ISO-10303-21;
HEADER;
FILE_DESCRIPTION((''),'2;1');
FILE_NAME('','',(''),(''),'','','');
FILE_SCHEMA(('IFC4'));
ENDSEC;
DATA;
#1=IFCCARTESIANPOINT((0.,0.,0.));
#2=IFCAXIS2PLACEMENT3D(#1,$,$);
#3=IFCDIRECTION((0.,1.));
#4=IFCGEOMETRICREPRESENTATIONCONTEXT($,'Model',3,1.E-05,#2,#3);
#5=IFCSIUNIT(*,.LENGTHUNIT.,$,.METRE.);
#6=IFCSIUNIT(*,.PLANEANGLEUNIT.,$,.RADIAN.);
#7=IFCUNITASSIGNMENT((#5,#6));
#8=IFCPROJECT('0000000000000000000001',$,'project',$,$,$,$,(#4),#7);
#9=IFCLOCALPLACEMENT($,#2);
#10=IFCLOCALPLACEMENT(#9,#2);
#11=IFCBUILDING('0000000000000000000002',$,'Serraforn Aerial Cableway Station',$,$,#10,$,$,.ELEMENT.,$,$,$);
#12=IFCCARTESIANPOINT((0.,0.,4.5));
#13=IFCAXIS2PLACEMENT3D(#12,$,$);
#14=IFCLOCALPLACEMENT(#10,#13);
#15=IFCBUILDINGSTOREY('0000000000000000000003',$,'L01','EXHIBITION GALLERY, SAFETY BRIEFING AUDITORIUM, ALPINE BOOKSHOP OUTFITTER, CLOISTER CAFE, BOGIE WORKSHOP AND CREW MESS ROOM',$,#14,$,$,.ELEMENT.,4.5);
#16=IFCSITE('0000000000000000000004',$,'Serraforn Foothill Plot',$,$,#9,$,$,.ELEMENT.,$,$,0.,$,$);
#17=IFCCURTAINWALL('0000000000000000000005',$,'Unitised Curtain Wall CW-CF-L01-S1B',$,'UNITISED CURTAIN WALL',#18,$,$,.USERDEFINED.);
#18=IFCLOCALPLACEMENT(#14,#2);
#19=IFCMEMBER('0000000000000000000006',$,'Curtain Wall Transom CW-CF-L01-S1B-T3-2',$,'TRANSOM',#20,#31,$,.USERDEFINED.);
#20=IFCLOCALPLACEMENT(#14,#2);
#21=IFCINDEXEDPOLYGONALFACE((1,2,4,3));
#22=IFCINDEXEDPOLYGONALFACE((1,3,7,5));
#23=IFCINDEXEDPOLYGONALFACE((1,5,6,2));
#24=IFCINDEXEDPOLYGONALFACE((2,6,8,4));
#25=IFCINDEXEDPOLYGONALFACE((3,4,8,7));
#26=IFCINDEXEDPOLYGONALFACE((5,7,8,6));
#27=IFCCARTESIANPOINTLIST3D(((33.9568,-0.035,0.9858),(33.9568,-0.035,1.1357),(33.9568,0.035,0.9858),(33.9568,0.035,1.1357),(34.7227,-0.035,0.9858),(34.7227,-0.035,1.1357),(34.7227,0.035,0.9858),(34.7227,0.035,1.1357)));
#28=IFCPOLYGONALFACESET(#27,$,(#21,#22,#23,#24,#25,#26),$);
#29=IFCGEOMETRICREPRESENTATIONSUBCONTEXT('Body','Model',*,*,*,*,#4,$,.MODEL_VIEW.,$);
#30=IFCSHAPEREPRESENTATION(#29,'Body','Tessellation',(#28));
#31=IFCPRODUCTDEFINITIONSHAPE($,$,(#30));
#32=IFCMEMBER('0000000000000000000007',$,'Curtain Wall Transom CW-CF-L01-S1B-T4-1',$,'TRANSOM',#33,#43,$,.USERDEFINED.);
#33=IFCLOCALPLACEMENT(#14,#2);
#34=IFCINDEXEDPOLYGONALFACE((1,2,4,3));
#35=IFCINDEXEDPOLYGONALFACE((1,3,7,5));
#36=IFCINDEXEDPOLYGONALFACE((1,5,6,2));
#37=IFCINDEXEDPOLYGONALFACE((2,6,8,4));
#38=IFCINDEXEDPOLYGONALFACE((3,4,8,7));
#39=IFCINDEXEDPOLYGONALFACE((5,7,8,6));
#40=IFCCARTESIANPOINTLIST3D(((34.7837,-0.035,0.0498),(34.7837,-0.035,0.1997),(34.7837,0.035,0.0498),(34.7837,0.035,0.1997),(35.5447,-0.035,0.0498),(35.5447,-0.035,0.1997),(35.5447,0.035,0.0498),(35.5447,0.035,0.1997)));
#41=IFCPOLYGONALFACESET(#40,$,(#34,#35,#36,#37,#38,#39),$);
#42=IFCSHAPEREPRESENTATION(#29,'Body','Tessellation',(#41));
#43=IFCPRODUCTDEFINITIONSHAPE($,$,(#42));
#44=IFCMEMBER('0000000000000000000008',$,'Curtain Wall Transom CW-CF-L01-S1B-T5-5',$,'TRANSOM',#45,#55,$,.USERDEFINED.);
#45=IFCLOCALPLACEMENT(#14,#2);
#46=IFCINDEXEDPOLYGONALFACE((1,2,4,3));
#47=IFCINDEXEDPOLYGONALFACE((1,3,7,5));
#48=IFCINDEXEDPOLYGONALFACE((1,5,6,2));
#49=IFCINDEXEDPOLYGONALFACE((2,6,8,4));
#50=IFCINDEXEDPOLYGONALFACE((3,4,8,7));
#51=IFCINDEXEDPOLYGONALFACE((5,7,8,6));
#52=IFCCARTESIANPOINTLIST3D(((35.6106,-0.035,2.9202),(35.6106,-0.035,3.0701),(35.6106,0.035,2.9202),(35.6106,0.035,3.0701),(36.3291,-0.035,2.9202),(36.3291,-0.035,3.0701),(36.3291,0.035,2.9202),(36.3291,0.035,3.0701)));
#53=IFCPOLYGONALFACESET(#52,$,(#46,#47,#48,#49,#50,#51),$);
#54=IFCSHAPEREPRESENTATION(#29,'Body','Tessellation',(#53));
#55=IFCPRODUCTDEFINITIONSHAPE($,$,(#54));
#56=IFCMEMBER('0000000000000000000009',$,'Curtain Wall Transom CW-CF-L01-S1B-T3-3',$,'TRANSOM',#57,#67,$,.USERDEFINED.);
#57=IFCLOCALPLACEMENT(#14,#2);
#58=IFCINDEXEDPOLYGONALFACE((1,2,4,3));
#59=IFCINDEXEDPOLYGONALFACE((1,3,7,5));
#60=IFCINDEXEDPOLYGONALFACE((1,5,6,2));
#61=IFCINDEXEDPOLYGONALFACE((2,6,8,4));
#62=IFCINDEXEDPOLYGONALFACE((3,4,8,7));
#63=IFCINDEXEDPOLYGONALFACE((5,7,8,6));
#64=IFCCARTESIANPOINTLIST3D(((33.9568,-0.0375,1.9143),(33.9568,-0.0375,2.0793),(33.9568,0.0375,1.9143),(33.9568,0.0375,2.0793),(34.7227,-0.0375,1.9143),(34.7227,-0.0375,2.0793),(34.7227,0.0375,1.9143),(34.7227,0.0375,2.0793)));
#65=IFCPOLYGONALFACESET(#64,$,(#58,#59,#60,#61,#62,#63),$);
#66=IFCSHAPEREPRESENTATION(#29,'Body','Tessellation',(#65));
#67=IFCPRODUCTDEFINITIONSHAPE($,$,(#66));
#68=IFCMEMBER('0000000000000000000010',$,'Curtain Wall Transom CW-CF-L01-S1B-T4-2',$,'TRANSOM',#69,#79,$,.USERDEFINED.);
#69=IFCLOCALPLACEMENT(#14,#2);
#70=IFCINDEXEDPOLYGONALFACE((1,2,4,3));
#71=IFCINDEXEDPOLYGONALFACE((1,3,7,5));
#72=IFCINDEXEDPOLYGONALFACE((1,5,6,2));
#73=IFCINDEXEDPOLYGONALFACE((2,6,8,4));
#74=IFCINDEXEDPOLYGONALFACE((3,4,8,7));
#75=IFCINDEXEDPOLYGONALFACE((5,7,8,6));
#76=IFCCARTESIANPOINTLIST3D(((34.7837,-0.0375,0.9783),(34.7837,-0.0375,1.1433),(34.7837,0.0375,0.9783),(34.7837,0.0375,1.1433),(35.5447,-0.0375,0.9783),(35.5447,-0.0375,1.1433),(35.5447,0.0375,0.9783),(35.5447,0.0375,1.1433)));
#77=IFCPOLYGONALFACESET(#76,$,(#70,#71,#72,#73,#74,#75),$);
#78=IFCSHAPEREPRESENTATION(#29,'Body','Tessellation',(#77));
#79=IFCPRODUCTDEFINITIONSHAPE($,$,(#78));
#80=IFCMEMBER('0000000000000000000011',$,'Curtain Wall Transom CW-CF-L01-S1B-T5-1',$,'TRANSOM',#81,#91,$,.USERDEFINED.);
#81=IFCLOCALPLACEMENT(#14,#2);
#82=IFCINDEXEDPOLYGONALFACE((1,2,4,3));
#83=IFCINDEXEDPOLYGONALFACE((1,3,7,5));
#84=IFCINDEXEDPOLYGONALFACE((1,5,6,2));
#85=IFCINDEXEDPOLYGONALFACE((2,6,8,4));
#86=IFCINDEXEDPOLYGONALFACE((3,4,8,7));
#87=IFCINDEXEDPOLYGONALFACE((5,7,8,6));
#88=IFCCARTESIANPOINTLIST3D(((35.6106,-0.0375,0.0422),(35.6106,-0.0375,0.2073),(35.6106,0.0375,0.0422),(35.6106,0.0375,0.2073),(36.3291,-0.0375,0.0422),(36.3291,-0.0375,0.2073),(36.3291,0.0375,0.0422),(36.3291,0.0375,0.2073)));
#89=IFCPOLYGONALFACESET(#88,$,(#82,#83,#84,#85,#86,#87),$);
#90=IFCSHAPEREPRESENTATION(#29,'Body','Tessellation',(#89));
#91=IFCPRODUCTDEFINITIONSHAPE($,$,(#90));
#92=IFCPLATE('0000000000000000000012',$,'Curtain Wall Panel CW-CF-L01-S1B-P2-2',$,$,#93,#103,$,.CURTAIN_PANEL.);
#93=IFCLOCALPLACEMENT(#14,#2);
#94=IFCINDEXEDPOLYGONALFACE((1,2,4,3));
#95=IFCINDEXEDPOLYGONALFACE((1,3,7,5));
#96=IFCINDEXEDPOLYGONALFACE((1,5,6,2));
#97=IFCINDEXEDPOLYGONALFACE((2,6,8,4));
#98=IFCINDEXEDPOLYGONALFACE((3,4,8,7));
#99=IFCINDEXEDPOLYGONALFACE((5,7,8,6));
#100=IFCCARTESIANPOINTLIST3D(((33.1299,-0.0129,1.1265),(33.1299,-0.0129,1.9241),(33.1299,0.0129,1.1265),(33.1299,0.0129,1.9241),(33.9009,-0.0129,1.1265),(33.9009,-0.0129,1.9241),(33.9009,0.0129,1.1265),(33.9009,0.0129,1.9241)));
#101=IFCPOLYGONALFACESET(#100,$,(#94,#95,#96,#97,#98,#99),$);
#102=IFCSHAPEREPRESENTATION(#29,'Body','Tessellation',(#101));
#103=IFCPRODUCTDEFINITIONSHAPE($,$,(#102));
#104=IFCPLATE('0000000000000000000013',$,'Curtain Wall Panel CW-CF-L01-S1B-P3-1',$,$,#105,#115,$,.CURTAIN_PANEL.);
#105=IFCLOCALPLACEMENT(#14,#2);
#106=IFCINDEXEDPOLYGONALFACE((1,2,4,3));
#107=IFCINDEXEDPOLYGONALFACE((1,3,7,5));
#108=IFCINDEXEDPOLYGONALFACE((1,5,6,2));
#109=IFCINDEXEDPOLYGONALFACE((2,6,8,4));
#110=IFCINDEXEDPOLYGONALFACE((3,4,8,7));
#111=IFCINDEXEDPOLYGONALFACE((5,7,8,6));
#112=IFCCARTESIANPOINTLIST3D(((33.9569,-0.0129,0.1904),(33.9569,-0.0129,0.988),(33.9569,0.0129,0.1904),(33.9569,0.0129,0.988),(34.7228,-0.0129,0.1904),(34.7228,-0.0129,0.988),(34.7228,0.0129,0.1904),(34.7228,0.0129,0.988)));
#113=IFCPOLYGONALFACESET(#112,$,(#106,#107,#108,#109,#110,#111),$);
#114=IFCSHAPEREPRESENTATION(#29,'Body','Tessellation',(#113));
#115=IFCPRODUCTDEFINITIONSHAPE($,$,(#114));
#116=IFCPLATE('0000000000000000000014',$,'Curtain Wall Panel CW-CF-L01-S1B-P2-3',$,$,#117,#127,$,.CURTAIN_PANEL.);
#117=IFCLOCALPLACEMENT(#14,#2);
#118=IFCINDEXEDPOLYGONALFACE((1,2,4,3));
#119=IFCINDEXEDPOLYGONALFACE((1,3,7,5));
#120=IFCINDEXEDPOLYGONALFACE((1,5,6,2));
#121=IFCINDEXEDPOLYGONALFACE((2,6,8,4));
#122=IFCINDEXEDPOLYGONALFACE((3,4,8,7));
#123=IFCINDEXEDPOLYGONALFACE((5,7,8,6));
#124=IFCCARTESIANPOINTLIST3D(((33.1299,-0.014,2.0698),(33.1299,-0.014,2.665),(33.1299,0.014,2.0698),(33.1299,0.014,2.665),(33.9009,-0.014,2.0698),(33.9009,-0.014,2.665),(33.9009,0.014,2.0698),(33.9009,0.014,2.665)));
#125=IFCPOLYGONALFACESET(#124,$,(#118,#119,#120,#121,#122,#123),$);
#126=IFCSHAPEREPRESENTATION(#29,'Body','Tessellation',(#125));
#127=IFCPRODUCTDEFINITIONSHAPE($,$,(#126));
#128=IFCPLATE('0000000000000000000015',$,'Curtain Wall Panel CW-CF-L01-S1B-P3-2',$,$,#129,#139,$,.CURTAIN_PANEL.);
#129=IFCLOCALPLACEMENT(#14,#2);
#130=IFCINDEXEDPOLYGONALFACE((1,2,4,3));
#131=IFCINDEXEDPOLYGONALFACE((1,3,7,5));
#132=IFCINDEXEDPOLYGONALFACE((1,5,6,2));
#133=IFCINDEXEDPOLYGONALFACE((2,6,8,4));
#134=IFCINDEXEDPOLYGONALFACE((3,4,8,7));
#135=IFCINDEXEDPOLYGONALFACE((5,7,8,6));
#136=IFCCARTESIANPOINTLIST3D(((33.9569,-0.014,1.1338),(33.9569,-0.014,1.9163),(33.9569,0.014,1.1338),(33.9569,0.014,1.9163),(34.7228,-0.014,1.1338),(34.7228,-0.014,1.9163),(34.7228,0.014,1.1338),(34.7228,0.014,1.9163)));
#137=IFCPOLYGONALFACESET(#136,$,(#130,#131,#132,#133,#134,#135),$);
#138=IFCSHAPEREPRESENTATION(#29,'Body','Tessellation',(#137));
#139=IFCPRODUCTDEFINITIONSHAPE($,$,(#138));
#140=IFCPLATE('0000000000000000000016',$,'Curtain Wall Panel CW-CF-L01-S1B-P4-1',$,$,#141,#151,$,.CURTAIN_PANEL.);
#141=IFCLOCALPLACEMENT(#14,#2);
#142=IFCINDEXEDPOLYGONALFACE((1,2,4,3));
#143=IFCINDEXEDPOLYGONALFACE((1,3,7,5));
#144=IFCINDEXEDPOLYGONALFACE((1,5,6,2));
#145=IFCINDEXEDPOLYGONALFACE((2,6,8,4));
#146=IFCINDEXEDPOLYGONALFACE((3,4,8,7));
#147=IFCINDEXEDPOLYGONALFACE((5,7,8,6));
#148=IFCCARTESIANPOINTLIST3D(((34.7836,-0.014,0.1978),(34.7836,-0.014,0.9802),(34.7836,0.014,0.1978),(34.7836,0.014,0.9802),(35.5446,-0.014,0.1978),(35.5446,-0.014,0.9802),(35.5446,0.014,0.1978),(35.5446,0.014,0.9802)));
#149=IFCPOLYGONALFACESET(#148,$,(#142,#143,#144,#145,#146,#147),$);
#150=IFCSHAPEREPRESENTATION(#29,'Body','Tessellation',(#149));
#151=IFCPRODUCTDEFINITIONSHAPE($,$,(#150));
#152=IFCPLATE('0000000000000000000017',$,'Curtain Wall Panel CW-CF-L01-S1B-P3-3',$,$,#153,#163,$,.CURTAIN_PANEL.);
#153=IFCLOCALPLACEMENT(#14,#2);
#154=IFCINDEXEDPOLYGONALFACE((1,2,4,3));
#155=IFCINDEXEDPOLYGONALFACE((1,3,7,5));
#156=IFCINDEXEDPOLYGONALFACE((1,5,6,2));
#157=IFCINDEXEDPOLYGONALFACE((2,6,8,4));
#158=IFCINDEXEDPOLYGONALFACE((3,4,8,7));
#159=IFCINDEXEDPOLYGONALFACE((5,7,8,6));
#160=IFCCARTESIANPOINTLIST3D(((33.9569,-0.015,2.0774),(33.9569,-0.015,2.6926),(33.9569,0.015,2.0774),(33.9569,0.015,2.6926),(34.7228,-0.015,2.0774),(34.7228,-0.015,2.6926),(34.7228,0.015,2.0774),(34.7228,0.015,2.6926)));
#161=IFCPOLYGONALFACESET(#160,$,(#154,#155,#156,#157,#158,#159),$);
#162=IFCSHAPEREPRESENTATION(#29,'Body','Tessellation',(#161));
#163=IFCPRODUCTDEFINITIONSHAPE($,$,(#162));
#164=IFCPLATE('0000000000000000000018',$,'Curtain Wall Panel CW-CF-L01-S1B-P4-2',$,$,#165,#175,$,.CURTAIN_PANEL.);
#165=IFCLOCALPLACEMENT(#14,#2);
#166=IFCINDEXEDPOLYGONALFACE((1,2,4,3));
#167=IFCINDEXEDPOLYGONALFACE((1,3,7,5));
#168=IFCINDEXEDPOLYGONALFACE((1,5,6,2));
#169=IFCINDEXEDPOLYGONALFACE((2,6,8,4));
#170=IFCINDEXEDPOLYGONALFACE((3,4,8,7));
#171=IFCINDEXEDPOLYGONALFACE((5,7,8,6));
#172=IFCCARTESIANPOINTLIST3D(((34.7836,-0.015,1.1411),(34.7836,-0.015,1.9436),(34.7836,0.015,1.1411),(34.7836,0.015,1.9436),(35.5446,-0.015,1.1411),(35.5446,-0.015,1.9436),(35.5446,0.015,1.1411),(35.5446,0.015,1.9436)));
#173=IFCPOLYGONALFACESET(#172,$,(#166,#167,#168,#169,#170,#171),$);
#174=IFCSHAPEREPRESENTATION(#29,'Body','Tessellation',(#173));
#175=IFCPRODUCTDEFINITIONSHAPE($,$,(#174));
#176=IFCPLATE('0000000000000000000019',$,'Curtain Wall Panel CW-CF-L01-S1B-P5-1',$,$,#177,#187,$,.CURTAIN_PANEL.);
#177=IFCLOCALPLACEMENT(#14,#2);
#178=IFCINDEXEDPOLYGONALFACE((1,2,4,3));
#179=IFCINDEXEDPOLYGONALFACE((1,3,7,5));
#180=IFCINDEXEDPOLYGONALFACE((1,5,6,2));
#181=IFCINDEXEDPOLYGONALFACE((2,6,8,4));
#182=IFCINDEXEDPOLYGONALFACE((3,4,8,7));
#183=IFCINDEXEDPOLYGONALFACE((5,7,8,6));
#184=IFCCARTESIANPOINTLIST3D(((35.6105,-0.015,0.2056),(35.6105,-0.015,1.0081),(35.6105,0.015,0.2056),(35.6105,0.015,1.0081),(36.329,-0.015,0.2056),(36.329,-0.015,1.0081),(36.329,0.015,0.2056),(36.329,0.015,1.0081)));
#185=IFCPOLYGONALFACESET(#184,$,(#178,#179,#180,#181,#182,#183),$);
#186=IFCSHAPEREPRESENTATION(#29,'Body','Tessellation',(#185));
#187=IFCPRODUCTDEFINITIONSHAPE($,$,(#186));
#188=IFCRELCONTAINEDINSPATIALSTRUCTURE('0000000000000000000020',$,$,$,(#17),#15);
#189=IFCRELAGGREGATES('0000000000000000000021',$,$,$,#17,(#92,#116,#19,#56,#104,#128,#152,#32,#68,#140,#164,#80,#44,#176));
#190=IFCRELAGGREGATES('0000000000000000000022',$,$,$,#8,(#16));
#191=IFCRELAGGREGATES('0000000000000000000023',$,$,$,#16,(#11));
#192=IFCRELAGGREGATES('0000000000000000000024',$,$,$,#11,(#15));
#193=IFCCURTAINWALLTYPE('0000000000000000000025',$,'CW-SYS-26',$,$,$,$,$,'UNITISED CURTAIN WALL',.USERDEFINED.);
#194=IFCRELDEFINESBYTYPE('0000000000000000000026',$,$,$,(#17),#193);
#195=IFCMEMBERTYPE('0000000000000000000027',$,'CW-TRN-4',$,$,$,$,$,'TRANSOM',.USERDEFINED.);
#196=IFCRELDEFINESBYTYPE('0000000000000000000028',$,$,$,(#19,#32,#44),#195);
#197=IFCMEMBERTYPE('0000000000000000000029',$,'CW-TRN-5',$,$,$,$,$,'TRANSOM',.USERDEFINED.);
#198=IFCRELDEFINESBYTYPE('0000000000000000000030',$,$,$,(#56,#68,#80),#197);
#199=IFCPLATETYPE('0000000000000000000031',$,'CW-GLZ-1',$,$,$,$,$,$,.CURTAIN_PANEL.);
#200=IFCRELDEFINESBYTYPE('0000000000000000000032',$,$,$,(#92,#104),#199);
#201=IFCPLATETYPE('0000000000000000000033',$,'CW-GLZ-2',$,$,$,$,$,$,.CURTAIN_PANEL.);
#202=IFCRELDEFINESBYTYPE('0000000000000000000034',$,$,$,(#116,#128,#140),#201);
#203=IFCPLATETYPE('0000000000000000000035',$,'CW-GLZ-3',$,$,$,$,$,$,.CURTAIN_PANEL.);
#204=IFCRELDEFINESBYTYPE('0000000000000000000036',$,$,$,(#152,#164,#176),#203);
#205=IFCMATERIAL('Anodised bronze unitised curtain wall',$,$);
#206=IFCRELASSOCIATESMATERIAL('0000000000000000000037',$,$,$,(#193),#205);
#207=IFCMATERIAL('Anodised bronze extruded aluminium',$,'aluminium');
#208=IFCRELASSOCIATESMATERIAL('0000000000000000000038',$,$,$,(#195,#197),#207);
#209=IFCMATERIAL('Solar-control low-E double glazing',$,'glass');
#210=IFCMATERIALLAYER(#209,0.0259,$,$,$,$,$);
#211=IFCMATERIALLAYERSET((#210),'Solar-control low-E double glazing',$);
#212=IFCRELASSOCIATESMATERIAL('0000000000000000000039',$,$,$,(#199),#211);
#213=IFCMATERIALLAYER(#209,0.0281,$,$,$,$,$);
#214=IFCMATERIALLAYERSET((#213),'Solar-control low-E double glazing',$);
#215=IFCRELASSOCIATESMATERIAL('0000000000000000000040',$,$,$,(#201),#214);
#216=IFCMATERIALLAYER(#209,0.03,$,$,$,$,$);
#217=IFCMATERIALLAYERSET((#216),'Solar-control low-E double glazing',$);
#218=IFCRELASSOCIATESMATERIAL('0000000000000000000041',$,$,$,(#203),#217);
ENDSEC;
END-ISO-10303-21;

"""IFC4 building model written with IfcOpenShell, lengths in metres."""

from ifc_helpers import new_model, si_unit, direction, frame, origin, origin_2d, place, context, subcontext, project, spatial, rectangle, extrude, material, layer, layer_set, material_profile, profile_set, type_object, element, aggregate, save


model = new_model("IFC4")

# Units and contexts
model_context = context("Model", 3, precision=1e-05, world=origin(), true_north=direction((0.0, 1.0)))
body_context = subcontext(model_context, "Body", "Model", "MODEL_VIEW")
ifc_project = project(units=[si_unit("LENGTHUNIT", "METRE"), si_unit("PLANEANGLEUNIT", "RADIAN")], contexts=[model_context])

# Site, building, storey
site_placement = place(None, origin())
site = spatial("IfcSite", under=ifc_project, at=site_placement, Name="Serraforn Foothill Plot", CompositionType="ELEMENT", RefElevation=0.0)
building_placement = place(site_placement, origin())
building = spatial("IfcBuilding", under=site, at=building_placement, Name="Serraforn Aerial Cableway Station", CompositionType="ELEMENT")
storey_placement = place(building_placement, frame((0.0, 0.0, 4.5)))
storey = spatial("IfcBuildingStorey", under=building, at=storey_placement, Name="L01", Description="EXHIBITION GALLERY, SAFETY BRIEFING AUDITORIUM, ALPINE BOOKSHOP OUTFITTER, CLOISTER CAFE, BOGIE WORKSHOP AND CREW MESS ROOM", CompositionType="ELEMENT", Elevation=4.5)

# Curtain wall, members, plates
ifc_material_1 = material(Name="Anodised bronze unitised curtain wall")
curtain_wall_type = type_object("IfcCurtainWallType", Name="CW-SYS-26", ElementType="UNITISED CURTAIN WALL", PredefinedType="USERDEFINED", material=ifc_material_1)
curtain_wall_placement = place(storey_placement, origin())
curtain_wall = element("IfcCurtainWall", 1, at=curtain_wall_placement, inside=storey, type_object=curtain_wall_type, Name="Unitised Curtain Wall CW-CF-L01-S1B", ObjectType="UNITISED CURTAIN WALL", PredefinedType="USERDEFINED")
ifc_material_2 = material(Name="Anodised bronze extruded aluminium", Category="aluminium")
ifc_material_profile_1 = material_profile(ifc_material_2, rectangle(XDim=0.0701, YDim=0.1499, at=origin_2d()), Name="CW TRANSOM 70x150")
ifc_profile_set_1 = profile_set([ifc_material_profile_1], Name="Anodised bronze extruded aluminium")
member_type_1 = type_object("IfcMemberType", Name="CW-TRN-4", ElementType="TRANSOM", PredefinedType="USERDEFINED", material=ifc_profile_set_1)
member_1_placement = place(storey_placement, frame((33.9568, 0.0, 1.0608), z_axis=(1.0, 0.0, 0.0), x_axis=(0.0, 1.0, 0.0)))
member_1 = element("IfcMember", 2, at=member_1_placement, type_object=member_type_1, Name="Curtain Wall Transom CW-CF-L01-S1B-T3-2", ObjectType="TRANSOM", PredefinedType="USERDEFINED", context=body_context, shape_type="SweptSolid", body=[
    extrude(rectangle(XDim=0.0701, YDim=0.1499, at=origin_2d()), origin(), (0.0, 0.0, 1.0), 0.7659),
])
member_2_placement = place(storey_placement, frame((34.7837, 0.0, 0.1248), z_axis=(1.0, 0.0, 0.0), x_axis=(0.0, 1.0, 0.0)))
member_2 = element("IfcMember", 3, at=member_2_placement, type_object=member_type_1, Name="Curtain Wall Transom CW-CF-L01-S1B-T4-1", ObjectType="TRANSOM", PredefinedType="USERDEFINED", context=body_context, shape_type="SweptSolid", body=[
    extrude(rectangle(XDim=0.0701, YDim=0.1499, at=origin_2d()), origin(), (0.0, 0.0, 1.0), 0.761),
])
member_3_placement = place(storey_placement, frame((35.6106, 0.0, 2.9951), z_axis=(1.0, 0.0, 0.0), x_axis=(0.0, 1.0, 0.0)))
member_3 = element("IfcMember", 4, at=member_3_placement, type_object=member_type_1, Name="Curtain Wall Transom CW-CF-L01-S1B-T5-5", ObjectType="TRANSOM", PredefinedType="USERDEFINED", context=body_context, shape_type="SweptSolid", body=[
    extrude(rectangle(XDim=0.0701, YDim=0.1499, at=origin_2d()), origin(), (0.0, 0.0, 1.0), 0.7185),
])
ifc_material_profile_2 = material_profile(ifc_material_2, rectangle(XDim=0.075, YDim=0.165, at=origin_2d()), Name="CW TRANSOM 75x165")
ifc_profile_set_2 = profile_set([ifc_material_profile_2], Name="Anodised bronze extruded aluminium")
member_type_2 = type_object("IfcMemberType", Name="CW-TRN-5", ElementType="TRANSOM", PredefinedType="USERDEFINED", material=ifc_profile_set_2)
member_4_placement = place(storey_placement, frame((33.9568, 0.0, 1.9968), z_axis=(1.0, 0.0, 0.0), x_axis=(0.0, 1.0, 0.0)))
member_4 = element("IfcMember", 5, at=member_4_placement, type_object=member_type_2, Name="Curtain Wall Transom CW-CF-L01-S1B-T3-3", ObjectType="TRANSOM", PredefinedType="USERDEFINED", context=body_context, shape_type="SweptSolid", body=[
    extrude(rectangle(XDim=0.075, YDim=0.165, at=origin_2d()), origin(), (0.0, 0.0, 1.0), 0.7659),
])
member_5_placement = place(storey_placement, frame((34.7837, 0.0, 1.0608), z_axis=(1.0, 0.0, 0.0), x_axis=(0.0, 1.0, 0.0)))
member_5 = element("IfcMember", 6, at=member_5_placement, type_object=member_type_2, Name="Curtain Wall Transom CW-CF-L01-S1B-T4-2", ObjectType="TRANSOM", PredefinedType="USERDEFINED", context=body_context, shape_type="SweptSolid", body=[
    extrude(rectangle(XDim=0.075, YDim=0.165, at=origin_2d()), origin(), (0.0, 0.0, 1.0), 0.761),
])
member_6_placement = place(storey_placement, frame((35.6106, 0.0, 0.1248), z_axis=(1.0, 0.0, 0.0), x_axis=(0.0, 1.0, 0.0)))
member_6 = element("IfcMember", 7, at=member_6_placement, type_object=member_type_2, Name="Curtain Wall Transom CW-CF-L01-S1B-T5-1", ObjectType="TRANSOM", PredefinedType="USERDEFINED", context=body_context, shape_type="SweptSolid", body=[
    extrude(rectangle(XDim=0.075, YDim=0.165, at=origin_2d()), origin(), (0.0, 0.0, 1.0), 0.7185),
])
ifc_material_3 = material(Name="Solar-control low-E double glazing", Category="glass")
ifc_layer_1 = layer(ifc_material_3, 0.0259)
ifc_layer_set_1 = layer_set([ifc_layer_1], Name="Solar-control low-E double glazing")
plate_type_1 = type_object("IfcPlateType", Name="CW-GLZ-1", PredefinedType="CURTAIN_PANEL", material=ifc_layer_set_1)
plate_1_placement = place(storey_placement, frame((33.5154, 0.0, 1.1265), z_axis=(0.0, 0.0, 1.0), x_axis=(1.0, 0.0, 0.0)))
plate_1 = element("IfcPlate", 8, at=plate_1_placement, type_object=plate_type_1, Name="Curtain Wall Panel CW-CF-L01-S1B-P2-2", PredefinedType="CURTAIN_PANEL", context=body_context, shape_type="SweptSolid", body=[
    extrude(rectangle(XDim=0.771, YDim=0.0259, at=origin_2d()), origin(), (0.0, 0.0, 1.0), 0.7976),
])
plate_2_placement = place(storey_placement, frame((34.3398, 0.0, 0.1904), z_axis=(0.0, 0.0, 1.0), x_axis=(1.0, 0.0, 0.0)))
plate_2 = element("IfcPlate", 9, at=plate_2_placement, type_object=plate_type_1, Name="Curtain Wall Panel CW-CF-L01-S1B-P3-1", PredefinedType="CURTAIN_PANEL", context=body_context, shape_type="SweptSolid", body=[
    extrude(rectangle(XDim=0.7659, YDim=0.0259, at=origin_2d()), origin(), (0.0, 0.0, 1.0), 0.7976),
])
ifc_layer_2 = layer(ifc_material_3, 0.0281)
ifc_layer_set_2 = layer_set([ifc_layer_2], Name="Solar-control low-E double glazing")
plate_type_2 = type_object("IfcPlateType", Name="CW-GLZ-2", PredefinedType="CURTAIN_PANEL", material=ifc_layer_set_2)
plate_3_placement = place(storey_placement, frame((33.5154, 0.0, 2.0698), z_axis=(0.0, 0.0, 1.0), x_axis=(1.0, 0.0, 0.0)))
plate_3 = element("IfcPlate", 10, at=plate_3_placement, type_object=plate_type_2, Name="Curtain Wall Panel CW-CF-L01-S1B-P2-3", PredefinedType="CURTAIN_PANEL", context=body_context, shape_type="SweptSolid", body=[
    extrude(rectangle(XDim=0.771, YDim=0.0281, at=origin_2d()), origin(), (0.0, 0.0, 1.0), 0.5952),
])
plate_4_placement = place(storey_placement, frame((34.3398, 0.0, 1.1338), z_axis=(0.0, 0.0, 1.0), x_axis=(1.0, 0.0, 0.0)))
plate_4 = element("IfcPlate", 11, at=plate_4_placement, type_object=plate_type_2, Name="Curtain Wall Panel CW-CF-L01-S1B-P3-2", PredefinedType="CURTAIN_PANEL", context=body_context, shape_type="SweptSolid", body=[
    extrude(rectangle(XDim=0.7659, YDim=0.0281, at=origin_2d()), origin(), (0.0, 0.0, 1.0), 0.7825),
])
plate_5_placement = place(storey_placement, frame((35.1641, 0.0, 0.1978), z_axis=(0.0, 0.0, 1.0), x_axis=(1.0, 0.0, 0.0)))
plate_5 = element("IfcPlate", 12, at=plate_5_placement, type_object=plate_type_2, Name="Curtain Wall Panel CW-CF-L01-S1B-P4-1", PredefinedType="CURTAIN_PANEL", context=body_context, shape_type="SweptSolid", body=[
    extrude(rectangle(XDim=0.761, YDim=0.0281, at=origin_2d()), origin(), (0.0, 0.0, 1.0), 0.7825),
])
ifc_layer_3 = layer(ifc_material_3, 0.03)
ifc_layer_set_3 = layer_set([ifc_layer_3], Name="Solar-control low-E double glazing")
plate_type_3 = type_object("IfcPlateType", Name="CW-GLZ-3", PredefinedType="CURTAIN_PANEL", material=ifc_layer_set_3)
plate_6_placement = place(storey_placement, frame((34.3398, 0.0, 2.0774), z_axis=(0.0, 0.0, 1.0), x_axis=(1.0, 0.0, 0.0)))
plate_6 = element("IfcPlate", 13, at=plate_6_placement, type_object=plate_type_3, Name="Curtain Wall Panel CW-CF-L01-S1B-P3-3", PredefinedType="CURTAIN_PANEL", context=body_context, shape_type="SweptSolid", body=[
    extrude(rectangle(XDim=0.7659, YDim=0.03, at=origin_2d()), origin(), (0.0, 0.0, 1.0), 0.6152),
])
plate_7_placement = place(storey_placement, frame((35.1641, 0.0, 1.1411), z_axis=(0.0, 0.0, 1.0), x_axis=(1.0, 0.0, 0.0)))
plate_7 = element("IfcPlate", 14, at=plate_7_placement, type_object=plate_type_3, Name="Curtain Wall Panel CW-CF-L01-S1B-P4-2", PredefinedType="CURTAIN_PANEL", context=body_context, shape_type="SweptSolid", body=[
    extrude(rectangle(XDim=0.761, YDim=0.03, at=origin_2d()), origin(), (0.0, 0.0, 1.0), 0.8025),
])
plate_8_placement = place(storey_placement, frame((35.9697, 0.0, 0.2056), z_axis=(0.0, 0.0, 1.0), x_axis=(1.0, 0.0, 0.0)))
plate_8 = element("IfcPlate", 15, at=plate_8_placement, type_object=plate_type_3, Name="Curtain Wall Panel CW-CF-L01-S1B-P5-1", PredefinedType="CURTAIN_PANEL", context=body_context, shape_type="SweptSolid", body=[
    extrude(rectangle(XDim=0.7185, YDim=0.03, at=origin_2d()), origin(), (0.0, 0.0, 1.0), 0.8025),
])
aggregate(curtain_wall, [plate_1, plate_3, member_1, member_4, plate_2, plate_4, plate_6, member_2, member_5, plate_5, plate_7, member_6, member_3, plate_8])

save(model, "model.ifc")
